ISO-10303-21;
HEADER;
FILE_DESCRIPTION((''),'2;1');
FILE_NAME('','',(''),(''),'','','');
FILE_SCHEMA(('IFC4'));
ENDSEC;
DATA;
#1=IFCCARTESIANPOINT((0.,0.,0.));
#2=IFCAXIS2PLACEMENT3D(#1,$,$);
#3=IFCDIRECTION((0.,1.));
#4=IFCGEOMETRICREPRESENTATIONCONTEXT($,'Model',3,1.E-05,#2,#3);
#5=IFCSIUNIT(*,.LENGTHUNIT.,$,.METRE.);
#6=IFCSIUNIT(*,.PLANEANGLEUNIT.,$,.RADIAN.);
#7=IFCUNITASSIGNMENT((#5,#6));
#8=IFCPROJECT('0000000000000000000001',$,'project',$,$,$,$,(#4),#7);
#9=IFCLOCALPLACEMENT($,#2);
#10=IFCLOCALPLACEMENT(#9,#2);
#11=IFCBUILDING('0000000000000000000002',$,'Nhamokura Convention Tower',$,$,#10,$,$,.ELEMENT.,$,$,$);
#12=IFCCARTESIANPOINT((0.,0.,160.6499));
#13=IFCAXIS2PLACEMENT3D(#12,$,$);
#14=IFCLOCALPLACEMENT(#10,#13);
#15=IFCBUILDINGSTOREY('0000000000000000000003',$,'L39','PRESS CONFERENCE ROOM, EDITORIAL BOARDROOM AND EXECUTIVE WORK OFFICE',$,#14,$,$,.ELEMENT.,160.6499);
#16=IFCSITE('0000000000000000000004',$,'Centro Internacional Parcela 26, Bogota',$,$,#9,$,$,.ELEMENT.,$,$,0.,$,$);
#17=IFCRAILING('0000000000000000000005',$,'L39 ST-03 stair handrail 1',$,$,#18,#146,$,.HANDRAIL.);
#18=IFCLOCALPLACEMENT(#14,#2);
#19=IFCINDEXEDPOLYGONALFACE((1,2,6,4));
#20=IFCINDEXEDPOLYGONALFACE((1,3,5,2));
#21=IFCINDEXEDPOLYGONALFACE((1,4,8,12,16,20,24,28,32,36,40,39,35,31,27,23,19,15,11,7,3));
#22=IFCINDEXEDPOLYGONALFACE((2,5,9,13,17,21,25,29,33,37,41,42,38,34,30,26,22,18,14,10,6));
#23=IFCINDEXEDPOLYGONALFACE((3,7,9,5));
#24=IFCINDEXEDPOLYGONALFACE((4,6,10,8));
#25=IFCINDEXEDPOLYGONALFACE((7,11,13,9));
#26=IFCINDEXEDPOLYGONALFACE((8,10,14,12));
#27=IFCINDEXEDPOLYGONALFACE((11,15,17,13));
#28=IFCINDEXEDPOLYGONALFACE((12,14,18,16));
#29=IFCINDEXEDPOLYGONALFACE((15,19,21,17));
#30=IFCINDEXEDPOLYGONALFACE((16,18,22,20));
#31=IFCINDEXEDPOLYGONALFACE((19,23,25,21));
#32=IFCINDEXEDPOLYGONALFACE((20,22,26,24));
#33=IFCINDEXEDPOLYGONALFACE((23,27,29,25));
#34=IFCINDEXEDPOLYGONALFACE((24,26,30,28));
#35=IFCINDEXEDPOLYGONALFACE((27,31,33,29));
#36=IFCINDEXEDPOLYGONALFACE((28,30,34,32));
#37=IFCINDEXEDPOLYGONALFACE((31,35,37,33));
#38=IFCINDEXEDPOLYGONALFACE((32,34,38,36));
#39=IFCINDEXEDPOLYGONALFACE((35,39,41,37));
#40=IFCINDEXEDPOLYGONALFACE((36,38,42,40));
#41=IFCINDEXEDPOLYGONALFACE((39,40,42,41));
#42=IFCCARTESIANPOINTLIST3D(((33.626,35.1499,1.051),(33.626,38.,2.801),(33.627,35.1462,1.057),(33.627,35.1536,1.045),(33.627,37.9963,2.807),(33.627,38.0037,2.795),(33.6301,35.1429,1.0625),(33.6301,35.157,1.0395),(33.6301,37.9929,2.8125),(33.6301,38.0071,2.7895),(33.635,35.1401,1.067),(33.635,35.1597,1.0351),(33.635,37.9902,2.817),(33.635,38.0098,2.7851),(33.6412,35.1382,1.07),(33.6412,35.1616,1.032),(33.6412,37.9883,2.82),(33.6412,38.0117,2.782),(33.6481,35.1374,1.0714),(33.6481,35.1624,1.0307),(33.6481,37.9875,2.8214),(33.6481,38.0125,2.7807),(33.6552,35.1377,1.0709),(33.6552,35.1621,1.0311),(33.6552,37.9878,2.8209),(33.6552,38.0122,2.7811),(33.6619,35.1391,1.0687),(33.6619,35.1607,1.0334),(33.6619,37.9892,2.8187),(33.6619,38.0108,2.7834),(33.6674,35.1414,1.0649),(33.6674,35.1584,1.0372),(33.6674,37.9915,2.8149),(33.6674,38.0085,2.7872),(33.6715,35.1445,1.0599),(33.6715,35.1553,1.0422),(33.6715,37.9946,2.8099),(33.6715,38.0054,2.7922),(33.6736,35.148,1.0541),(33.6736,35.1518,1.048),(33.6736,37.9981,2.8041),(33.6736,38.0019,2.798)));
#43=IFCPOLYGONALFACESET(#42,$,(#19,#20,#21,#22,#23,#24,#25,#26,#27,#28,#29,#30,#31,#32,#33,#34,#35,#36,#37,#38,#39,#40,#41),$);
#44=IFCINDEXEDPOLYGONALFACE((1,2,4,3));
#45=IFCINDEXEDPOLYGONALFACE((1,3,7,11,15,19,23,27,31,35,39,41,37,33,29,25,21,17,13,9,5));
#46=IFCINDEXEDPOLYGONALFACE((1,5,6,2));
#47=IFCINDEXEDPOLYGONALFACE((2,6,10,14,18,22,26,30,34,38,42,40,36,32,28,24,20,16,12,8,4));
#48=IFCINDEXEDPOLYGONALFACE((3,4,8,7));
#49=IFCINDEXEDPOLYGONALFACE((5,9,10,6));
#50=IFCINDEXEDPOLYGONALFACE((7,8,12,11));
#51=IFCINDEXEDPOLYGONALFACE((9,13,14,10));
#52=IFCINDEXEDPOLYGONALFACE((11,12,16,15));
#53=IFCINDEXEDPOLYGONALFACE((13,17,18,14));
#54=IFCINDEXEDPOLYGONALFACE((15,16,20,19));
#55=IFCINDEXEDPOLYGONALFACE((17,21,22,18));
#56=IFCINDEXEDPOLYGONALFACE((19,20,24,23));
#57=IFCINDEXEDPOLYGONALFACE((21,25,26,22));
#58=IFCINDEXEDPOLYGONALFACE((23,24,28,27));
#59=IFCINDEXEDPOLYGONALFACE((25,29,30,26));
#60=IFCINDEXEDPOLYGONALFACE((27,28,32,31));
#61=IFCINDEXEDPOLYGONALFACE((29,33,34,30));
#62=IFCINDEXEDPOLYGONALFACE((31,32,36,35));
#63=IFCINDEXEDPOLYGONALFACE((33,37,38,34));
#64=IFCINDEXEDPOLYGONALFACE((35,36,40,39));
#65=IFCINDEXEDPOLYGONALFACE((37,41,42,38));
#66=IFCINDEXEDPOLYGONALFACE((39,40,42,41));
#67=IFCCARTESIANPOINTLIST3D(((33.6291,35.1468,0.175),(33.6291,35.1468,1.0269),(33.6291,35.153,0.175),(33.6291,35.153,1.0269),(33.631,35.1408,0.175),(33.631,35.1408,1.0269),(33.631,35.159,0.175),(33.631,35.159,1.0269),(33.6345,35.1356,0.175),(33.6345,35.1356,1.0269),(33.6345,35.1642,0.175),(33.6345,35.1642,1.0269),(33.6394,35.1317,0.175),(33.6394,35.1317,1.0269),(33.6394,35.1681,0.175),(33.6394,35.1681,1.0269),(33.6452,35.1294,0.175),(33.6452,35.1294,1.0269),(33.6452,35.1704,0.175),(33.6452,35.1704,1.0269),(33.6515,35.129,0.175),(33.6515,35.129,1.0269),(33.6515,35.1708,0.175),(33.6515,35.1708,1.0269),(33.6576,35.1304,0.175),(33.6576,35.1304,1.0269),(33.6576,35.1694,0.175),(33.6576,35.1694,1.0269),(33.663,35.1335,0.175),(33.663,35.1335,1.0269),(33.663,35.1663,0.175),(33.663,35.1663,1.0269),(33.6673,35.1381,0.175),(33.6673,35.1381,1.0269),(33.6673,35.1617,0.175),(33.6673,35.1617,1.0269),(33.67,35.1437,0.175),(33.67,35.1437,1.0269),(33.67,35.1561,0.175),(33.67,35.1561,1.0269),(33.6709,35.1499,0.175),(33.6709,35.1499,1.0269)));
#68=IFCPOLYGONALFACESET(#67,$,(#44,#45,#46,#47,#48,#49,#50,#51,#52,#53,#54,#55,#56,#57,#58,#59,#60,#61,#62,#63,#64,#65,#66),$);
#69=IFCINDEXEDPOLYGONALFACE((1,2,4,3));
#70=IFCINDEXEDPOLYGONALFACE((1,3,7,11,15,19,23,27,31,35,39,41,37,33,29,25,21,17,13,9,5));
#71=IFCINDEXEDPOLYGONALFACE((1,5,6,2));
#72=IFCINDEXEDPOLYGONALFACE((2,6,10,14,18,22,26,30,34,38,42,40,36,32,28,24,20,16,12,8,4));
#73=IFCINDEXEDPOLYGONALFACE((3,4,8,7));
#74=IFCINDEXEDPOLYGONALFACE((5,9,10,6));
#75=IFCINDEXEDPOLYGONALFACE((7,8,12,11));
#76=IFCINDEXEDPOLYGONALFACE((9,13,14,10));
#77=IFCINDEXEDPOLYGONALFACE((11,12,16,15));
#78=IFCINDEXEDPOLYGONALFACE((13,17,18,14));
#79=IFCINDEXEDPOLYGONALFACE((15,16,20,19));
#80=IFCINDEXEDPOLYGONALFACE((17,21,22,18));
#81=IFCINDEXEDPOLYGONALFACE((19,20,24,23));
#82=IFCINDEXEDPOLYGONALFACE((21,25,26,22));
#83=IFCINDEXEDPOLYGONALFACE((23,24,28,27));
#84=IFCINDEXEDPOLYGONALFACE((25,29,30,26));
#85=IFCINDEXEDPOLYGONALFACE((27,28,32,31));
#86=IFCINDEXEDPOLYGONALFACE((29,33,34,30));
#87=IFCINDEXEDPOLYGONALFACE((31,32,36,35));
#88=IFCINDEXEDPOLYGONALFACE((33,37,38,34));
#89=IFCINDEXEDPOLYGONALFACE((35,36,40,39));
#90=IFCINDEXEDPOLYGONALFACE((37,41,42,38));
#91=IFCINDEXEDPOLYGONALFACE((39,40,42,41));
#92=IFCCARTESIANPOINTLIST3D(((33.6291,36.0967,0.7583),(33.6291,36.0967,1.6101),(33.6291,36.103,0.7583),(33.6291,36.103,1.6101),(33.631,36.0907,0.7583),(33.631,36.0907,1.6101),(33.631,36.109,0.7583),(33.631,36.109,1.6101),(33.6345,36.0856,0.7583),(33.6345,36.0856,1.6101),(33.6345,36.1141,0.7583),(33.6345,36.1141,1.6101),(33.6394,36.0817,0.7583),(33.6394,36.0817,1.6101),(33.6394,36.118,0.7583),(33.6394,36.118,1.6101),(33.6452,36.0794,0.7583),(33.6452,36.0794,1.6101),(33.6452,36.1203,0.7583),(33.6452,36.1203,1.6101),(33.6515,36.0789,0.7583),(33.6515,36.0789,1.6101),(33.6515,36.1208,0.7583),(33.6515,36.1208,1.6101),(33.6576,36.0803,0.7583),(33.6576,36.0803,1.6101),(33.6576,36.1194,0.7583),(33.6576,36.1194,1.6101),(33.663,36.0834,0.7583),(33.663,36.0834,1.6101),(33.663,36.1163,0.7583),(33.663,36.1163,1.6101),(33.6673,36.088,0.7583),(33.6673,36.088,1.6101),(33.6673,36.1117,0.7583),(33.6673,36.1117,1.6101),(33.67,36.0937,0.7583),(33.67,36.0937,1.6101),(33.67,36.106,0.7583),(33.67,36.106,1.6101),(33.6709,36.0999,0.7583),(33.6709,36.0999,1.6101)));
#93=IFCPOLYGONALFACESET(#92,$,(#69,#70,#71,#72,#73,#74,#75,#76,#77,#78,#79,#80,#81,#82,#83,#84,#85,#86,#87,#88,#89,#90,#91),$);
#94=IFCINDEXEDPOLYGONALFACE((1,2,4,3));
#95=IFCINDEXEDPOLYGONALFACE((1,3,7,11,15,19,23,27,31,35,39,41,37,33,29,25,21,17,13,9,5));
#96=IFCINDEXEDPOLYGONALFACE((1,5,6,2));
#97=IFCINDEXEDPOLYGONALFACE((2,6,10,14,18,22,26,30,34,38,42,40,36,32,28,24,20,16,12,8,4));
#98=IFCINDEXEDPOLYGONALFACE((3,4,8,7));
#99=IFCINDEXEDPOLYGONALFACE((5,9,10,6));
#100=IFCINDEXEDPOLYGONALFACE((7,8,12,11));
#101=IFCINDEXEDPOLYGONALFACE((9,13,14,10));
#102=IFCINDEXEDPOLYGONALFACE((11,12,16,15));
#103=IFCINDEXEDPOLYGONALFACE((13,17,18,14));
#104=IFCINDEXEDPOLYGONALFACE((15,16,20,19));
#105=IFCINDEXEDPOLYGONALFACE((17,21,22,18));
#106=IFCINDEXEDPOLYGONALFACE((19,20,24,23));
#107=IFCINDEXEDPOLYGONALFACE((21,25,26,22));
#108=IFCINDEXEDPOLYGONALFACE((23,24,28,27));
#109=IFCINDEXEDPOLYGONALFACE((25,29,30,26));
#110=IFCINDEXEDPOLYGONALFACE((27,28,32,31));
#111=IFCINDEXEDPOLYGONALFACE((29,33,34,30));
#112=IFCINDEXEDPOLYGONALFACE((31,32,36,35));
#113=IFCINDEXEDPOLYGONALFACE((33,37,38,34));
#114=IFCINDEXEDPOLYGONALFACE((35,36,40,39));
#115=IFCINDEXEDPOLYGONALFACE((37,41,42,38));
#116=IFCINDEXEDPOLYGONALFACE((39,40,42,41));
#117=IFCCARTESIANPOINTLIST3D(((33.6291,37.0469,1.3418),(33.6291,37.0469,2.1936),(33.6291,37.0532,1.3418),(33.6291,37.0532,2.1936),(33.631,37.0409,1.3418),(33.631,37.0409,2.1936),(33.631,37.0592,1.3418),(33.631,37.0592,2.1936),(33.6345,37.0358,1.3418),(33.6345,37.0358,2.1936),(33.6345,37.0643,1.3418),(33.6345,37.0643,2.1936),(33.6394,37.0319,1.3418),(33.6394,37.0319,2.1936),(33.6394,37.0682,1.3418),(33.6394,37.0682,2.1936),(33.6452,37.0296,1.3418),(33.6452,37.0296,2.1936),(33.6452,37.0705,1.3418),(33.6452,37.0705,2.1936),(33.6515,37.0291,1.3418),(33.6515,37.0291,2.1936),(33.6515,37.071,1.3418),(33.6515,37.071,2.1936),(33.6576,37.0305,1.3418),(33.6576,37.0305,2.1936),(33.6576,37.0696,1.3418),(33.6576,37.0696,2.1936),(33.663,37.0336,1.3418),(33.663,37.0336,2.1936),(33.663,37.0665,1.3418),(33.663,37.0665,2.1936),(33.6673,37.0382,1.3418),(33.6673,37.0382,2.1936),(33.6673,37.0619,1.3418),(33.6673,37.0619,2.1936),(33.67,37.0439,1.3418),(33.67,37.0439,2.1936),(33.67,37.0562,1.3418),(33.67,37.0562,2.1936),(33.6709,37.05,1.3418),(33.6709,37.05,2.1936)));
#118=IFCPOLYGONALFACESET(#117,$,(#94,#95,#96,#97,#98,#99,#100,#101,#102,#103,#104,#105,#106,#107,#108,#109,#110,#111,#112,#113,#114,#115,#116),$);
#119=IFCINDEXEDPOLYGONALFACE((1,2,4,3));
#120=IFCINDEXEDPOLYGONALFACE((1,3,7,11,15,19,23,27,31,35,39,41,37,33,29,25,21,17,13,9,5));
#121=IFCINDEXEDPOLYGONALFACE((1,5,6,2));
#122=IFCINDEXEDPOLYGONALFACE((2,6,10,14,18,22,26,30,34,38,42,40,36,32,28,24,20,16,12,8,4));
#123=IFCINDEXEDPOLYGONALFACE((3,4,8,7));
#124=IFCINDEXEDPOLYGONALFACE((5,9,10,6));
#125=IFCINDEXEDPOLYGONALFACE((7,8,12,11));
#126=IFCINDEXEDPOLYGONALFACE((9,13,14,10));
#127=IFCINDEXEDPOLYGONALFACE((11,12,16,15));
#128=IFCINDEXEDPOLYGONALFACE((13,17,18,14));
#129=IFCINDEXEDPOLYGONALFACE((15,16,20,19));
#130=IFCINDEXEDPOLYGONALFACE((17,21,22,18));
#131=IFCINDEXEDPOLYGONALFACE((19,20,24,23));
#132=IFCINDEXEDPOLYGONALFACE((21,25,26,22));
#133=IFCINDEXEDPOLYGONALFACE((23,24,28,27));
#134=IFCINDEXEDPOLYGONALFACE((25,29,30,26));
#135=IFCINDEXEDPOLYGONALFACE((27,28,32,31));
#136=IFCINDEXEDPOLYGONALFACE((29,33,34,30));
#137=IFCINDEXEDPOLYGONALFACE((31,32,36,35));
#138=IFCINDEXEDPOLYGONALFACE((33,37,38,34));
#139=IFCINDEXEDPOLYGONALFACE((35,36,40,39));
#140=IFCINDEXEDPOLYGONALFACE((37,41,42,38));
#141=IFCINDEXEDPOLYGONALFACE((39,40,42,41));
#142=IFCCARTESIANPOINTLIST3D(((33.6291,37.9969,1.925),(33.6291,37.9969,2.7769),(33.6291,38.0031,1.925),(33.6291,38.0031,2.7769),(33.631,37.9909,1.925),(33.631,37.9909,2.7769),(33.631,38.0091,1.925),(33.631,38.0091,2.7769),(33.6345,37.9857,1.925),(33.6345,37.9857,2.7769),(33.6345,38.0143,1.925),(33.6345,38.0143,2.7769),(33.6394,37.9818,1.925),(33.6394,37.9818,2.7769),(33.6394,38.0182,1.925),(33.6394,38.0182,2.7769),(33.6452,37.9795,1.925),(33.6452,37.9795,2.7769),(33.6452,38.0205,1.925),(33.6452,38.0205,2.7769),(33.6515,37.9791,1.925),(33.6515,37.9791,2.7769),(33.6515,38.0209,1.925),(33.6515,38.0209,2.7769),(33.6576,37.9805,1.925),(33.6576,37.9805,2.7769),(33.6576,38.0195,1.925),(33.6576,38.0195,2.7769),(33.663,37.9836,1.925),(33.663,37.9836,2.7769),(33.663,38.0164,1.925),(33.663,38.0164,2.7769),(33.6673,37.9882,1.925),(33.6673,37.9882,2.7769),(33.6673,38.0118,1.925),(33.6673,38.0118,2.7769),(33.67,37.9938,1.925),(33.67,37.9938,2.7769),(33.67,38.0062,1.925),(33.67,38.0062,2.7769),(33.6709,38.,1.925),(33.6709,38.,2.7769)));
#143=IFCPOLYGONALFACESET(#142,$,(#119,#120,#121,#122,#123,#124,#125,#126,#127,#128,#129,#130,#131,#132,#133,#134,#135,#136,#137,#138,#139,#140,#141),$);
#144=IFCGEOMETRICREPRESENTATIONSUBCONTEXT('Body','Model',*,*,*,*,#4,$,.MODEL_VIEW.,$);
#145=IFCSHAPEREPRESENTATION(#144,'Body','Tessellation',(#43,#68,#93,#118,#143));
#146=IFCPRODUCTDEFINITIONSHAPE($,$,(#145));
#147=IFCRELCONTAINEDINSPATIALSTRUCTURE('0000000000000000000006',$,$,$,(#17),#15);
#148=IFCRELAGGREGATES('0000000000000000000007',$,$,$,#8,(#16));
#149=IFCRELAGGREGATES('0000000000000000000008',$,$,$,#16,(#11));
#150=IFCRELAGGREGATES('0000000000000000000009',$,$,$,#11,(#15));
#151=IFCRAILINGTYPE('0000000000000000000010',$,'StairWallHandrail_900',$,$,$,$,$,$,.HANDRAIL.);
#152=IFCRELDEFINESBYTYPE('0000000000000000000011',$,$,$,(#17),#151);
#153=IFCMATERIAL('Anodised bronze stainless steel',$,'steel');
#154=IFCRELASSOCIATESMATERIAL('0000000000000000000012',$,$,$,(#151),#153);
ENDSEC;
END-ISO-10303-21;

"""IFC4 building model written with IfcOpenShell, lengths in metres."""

from ifc_helpers import new_model, si_unit, direction, frame, origin, origin_2d, place, context, subcontext, project, spatial, circle, extrude, material, type_object, element, save


model = new_model("IFC4")

# Units and contexts
model_context = context("Model", 3, precision=1e-05, world=origin(), true_north=direction((0.0, 1.0)))
body_context = subcontext(model_context, "Body", "Model", "MODEL_VIEW")
ifc_project = project(units=[si_unit("LENGTHUNIT", "METRE"), si_unit("PLANEANGLEUNIT", "RADIAN")], contexts=[model_context])

# Site, building, storey
site_placement = place(None, origin())
site = spatial("IfcSite", under=ifc_project, at=site_placement, Name="Centro Internacional Parcela 26, Bogota", CompositionType="ELEMENT", RefElevation=0.0)
building_placement = place(site_placement, origin())
building = spatial("IfcBuilding", under=site, at=building_placement, Name="Nhamokura Convention Tower", CompositionType="ELEMENT")
storey_placement = place(building_placement, frame((0.0, 0.0, 160.6499)))
storey = spatial("IfcBuildingStorey", under=building, at=storey_placement, Name="L39", Description="PRESS CONFERENCE ROOM, EDITORIAL BOARDROOM AND EXECUTIVE WORK OFFICE", CompositionType="ELEMENT", Elevation=160.6499)

# Railing
ifc_material_1 = material(Name="Anodised bronze stainless steel", Category="steel")
railing_type_1 = type_object("IfcRailingType", Name="StairWallHandrail_900", PredefinedType="HANDRAIL", material=ifc_material_1)
railing_1_placement = place(storey_placement, frame((33.6499, 35.1499, 0.175)))
element("IfcRailing", 1, at=railing_1_placement, inside=storey, type_object=railing_type_1, Name="L39 ST-03 stair handrail 1", PredefinedType="HANDRAIL", context=body_context, shape_type="SweptSolid", body=[
    extrude(circle(Radius=0.0239, at=origin_2d()), frame((0.0, 0.0, 0.876), z_axis=(0.0, 0.852179, 0.52325), x_axis=(-1.0, 0.0, 0.0)), (0.0, 0.0, 1.0), 3.3445),
    extrude(circle(Radius=0.021, at=origin_2d()), origin(), (0.0, 0.0, 1.0), 0.8518),
    extrude(circle(Radius=0.021, at=origin_2d()), frame((0.0, 0.95, 0.5833)), (0.0, 0.0, 1.0), 0.8518),
    extrude(circle(Radius=0.021, at=origin_2d()), frame((0.0, 1.9001, 1.1667)), (0.0, 0.0, 1.0), 0.8518),
    extrude(circle(Radius=0.021, at=origin_2d()), frame((0.0, 2.8501, 1.75)), (0.0, 0.0, 1.0), 0.8518),
])

save(model, "model.ifc")
